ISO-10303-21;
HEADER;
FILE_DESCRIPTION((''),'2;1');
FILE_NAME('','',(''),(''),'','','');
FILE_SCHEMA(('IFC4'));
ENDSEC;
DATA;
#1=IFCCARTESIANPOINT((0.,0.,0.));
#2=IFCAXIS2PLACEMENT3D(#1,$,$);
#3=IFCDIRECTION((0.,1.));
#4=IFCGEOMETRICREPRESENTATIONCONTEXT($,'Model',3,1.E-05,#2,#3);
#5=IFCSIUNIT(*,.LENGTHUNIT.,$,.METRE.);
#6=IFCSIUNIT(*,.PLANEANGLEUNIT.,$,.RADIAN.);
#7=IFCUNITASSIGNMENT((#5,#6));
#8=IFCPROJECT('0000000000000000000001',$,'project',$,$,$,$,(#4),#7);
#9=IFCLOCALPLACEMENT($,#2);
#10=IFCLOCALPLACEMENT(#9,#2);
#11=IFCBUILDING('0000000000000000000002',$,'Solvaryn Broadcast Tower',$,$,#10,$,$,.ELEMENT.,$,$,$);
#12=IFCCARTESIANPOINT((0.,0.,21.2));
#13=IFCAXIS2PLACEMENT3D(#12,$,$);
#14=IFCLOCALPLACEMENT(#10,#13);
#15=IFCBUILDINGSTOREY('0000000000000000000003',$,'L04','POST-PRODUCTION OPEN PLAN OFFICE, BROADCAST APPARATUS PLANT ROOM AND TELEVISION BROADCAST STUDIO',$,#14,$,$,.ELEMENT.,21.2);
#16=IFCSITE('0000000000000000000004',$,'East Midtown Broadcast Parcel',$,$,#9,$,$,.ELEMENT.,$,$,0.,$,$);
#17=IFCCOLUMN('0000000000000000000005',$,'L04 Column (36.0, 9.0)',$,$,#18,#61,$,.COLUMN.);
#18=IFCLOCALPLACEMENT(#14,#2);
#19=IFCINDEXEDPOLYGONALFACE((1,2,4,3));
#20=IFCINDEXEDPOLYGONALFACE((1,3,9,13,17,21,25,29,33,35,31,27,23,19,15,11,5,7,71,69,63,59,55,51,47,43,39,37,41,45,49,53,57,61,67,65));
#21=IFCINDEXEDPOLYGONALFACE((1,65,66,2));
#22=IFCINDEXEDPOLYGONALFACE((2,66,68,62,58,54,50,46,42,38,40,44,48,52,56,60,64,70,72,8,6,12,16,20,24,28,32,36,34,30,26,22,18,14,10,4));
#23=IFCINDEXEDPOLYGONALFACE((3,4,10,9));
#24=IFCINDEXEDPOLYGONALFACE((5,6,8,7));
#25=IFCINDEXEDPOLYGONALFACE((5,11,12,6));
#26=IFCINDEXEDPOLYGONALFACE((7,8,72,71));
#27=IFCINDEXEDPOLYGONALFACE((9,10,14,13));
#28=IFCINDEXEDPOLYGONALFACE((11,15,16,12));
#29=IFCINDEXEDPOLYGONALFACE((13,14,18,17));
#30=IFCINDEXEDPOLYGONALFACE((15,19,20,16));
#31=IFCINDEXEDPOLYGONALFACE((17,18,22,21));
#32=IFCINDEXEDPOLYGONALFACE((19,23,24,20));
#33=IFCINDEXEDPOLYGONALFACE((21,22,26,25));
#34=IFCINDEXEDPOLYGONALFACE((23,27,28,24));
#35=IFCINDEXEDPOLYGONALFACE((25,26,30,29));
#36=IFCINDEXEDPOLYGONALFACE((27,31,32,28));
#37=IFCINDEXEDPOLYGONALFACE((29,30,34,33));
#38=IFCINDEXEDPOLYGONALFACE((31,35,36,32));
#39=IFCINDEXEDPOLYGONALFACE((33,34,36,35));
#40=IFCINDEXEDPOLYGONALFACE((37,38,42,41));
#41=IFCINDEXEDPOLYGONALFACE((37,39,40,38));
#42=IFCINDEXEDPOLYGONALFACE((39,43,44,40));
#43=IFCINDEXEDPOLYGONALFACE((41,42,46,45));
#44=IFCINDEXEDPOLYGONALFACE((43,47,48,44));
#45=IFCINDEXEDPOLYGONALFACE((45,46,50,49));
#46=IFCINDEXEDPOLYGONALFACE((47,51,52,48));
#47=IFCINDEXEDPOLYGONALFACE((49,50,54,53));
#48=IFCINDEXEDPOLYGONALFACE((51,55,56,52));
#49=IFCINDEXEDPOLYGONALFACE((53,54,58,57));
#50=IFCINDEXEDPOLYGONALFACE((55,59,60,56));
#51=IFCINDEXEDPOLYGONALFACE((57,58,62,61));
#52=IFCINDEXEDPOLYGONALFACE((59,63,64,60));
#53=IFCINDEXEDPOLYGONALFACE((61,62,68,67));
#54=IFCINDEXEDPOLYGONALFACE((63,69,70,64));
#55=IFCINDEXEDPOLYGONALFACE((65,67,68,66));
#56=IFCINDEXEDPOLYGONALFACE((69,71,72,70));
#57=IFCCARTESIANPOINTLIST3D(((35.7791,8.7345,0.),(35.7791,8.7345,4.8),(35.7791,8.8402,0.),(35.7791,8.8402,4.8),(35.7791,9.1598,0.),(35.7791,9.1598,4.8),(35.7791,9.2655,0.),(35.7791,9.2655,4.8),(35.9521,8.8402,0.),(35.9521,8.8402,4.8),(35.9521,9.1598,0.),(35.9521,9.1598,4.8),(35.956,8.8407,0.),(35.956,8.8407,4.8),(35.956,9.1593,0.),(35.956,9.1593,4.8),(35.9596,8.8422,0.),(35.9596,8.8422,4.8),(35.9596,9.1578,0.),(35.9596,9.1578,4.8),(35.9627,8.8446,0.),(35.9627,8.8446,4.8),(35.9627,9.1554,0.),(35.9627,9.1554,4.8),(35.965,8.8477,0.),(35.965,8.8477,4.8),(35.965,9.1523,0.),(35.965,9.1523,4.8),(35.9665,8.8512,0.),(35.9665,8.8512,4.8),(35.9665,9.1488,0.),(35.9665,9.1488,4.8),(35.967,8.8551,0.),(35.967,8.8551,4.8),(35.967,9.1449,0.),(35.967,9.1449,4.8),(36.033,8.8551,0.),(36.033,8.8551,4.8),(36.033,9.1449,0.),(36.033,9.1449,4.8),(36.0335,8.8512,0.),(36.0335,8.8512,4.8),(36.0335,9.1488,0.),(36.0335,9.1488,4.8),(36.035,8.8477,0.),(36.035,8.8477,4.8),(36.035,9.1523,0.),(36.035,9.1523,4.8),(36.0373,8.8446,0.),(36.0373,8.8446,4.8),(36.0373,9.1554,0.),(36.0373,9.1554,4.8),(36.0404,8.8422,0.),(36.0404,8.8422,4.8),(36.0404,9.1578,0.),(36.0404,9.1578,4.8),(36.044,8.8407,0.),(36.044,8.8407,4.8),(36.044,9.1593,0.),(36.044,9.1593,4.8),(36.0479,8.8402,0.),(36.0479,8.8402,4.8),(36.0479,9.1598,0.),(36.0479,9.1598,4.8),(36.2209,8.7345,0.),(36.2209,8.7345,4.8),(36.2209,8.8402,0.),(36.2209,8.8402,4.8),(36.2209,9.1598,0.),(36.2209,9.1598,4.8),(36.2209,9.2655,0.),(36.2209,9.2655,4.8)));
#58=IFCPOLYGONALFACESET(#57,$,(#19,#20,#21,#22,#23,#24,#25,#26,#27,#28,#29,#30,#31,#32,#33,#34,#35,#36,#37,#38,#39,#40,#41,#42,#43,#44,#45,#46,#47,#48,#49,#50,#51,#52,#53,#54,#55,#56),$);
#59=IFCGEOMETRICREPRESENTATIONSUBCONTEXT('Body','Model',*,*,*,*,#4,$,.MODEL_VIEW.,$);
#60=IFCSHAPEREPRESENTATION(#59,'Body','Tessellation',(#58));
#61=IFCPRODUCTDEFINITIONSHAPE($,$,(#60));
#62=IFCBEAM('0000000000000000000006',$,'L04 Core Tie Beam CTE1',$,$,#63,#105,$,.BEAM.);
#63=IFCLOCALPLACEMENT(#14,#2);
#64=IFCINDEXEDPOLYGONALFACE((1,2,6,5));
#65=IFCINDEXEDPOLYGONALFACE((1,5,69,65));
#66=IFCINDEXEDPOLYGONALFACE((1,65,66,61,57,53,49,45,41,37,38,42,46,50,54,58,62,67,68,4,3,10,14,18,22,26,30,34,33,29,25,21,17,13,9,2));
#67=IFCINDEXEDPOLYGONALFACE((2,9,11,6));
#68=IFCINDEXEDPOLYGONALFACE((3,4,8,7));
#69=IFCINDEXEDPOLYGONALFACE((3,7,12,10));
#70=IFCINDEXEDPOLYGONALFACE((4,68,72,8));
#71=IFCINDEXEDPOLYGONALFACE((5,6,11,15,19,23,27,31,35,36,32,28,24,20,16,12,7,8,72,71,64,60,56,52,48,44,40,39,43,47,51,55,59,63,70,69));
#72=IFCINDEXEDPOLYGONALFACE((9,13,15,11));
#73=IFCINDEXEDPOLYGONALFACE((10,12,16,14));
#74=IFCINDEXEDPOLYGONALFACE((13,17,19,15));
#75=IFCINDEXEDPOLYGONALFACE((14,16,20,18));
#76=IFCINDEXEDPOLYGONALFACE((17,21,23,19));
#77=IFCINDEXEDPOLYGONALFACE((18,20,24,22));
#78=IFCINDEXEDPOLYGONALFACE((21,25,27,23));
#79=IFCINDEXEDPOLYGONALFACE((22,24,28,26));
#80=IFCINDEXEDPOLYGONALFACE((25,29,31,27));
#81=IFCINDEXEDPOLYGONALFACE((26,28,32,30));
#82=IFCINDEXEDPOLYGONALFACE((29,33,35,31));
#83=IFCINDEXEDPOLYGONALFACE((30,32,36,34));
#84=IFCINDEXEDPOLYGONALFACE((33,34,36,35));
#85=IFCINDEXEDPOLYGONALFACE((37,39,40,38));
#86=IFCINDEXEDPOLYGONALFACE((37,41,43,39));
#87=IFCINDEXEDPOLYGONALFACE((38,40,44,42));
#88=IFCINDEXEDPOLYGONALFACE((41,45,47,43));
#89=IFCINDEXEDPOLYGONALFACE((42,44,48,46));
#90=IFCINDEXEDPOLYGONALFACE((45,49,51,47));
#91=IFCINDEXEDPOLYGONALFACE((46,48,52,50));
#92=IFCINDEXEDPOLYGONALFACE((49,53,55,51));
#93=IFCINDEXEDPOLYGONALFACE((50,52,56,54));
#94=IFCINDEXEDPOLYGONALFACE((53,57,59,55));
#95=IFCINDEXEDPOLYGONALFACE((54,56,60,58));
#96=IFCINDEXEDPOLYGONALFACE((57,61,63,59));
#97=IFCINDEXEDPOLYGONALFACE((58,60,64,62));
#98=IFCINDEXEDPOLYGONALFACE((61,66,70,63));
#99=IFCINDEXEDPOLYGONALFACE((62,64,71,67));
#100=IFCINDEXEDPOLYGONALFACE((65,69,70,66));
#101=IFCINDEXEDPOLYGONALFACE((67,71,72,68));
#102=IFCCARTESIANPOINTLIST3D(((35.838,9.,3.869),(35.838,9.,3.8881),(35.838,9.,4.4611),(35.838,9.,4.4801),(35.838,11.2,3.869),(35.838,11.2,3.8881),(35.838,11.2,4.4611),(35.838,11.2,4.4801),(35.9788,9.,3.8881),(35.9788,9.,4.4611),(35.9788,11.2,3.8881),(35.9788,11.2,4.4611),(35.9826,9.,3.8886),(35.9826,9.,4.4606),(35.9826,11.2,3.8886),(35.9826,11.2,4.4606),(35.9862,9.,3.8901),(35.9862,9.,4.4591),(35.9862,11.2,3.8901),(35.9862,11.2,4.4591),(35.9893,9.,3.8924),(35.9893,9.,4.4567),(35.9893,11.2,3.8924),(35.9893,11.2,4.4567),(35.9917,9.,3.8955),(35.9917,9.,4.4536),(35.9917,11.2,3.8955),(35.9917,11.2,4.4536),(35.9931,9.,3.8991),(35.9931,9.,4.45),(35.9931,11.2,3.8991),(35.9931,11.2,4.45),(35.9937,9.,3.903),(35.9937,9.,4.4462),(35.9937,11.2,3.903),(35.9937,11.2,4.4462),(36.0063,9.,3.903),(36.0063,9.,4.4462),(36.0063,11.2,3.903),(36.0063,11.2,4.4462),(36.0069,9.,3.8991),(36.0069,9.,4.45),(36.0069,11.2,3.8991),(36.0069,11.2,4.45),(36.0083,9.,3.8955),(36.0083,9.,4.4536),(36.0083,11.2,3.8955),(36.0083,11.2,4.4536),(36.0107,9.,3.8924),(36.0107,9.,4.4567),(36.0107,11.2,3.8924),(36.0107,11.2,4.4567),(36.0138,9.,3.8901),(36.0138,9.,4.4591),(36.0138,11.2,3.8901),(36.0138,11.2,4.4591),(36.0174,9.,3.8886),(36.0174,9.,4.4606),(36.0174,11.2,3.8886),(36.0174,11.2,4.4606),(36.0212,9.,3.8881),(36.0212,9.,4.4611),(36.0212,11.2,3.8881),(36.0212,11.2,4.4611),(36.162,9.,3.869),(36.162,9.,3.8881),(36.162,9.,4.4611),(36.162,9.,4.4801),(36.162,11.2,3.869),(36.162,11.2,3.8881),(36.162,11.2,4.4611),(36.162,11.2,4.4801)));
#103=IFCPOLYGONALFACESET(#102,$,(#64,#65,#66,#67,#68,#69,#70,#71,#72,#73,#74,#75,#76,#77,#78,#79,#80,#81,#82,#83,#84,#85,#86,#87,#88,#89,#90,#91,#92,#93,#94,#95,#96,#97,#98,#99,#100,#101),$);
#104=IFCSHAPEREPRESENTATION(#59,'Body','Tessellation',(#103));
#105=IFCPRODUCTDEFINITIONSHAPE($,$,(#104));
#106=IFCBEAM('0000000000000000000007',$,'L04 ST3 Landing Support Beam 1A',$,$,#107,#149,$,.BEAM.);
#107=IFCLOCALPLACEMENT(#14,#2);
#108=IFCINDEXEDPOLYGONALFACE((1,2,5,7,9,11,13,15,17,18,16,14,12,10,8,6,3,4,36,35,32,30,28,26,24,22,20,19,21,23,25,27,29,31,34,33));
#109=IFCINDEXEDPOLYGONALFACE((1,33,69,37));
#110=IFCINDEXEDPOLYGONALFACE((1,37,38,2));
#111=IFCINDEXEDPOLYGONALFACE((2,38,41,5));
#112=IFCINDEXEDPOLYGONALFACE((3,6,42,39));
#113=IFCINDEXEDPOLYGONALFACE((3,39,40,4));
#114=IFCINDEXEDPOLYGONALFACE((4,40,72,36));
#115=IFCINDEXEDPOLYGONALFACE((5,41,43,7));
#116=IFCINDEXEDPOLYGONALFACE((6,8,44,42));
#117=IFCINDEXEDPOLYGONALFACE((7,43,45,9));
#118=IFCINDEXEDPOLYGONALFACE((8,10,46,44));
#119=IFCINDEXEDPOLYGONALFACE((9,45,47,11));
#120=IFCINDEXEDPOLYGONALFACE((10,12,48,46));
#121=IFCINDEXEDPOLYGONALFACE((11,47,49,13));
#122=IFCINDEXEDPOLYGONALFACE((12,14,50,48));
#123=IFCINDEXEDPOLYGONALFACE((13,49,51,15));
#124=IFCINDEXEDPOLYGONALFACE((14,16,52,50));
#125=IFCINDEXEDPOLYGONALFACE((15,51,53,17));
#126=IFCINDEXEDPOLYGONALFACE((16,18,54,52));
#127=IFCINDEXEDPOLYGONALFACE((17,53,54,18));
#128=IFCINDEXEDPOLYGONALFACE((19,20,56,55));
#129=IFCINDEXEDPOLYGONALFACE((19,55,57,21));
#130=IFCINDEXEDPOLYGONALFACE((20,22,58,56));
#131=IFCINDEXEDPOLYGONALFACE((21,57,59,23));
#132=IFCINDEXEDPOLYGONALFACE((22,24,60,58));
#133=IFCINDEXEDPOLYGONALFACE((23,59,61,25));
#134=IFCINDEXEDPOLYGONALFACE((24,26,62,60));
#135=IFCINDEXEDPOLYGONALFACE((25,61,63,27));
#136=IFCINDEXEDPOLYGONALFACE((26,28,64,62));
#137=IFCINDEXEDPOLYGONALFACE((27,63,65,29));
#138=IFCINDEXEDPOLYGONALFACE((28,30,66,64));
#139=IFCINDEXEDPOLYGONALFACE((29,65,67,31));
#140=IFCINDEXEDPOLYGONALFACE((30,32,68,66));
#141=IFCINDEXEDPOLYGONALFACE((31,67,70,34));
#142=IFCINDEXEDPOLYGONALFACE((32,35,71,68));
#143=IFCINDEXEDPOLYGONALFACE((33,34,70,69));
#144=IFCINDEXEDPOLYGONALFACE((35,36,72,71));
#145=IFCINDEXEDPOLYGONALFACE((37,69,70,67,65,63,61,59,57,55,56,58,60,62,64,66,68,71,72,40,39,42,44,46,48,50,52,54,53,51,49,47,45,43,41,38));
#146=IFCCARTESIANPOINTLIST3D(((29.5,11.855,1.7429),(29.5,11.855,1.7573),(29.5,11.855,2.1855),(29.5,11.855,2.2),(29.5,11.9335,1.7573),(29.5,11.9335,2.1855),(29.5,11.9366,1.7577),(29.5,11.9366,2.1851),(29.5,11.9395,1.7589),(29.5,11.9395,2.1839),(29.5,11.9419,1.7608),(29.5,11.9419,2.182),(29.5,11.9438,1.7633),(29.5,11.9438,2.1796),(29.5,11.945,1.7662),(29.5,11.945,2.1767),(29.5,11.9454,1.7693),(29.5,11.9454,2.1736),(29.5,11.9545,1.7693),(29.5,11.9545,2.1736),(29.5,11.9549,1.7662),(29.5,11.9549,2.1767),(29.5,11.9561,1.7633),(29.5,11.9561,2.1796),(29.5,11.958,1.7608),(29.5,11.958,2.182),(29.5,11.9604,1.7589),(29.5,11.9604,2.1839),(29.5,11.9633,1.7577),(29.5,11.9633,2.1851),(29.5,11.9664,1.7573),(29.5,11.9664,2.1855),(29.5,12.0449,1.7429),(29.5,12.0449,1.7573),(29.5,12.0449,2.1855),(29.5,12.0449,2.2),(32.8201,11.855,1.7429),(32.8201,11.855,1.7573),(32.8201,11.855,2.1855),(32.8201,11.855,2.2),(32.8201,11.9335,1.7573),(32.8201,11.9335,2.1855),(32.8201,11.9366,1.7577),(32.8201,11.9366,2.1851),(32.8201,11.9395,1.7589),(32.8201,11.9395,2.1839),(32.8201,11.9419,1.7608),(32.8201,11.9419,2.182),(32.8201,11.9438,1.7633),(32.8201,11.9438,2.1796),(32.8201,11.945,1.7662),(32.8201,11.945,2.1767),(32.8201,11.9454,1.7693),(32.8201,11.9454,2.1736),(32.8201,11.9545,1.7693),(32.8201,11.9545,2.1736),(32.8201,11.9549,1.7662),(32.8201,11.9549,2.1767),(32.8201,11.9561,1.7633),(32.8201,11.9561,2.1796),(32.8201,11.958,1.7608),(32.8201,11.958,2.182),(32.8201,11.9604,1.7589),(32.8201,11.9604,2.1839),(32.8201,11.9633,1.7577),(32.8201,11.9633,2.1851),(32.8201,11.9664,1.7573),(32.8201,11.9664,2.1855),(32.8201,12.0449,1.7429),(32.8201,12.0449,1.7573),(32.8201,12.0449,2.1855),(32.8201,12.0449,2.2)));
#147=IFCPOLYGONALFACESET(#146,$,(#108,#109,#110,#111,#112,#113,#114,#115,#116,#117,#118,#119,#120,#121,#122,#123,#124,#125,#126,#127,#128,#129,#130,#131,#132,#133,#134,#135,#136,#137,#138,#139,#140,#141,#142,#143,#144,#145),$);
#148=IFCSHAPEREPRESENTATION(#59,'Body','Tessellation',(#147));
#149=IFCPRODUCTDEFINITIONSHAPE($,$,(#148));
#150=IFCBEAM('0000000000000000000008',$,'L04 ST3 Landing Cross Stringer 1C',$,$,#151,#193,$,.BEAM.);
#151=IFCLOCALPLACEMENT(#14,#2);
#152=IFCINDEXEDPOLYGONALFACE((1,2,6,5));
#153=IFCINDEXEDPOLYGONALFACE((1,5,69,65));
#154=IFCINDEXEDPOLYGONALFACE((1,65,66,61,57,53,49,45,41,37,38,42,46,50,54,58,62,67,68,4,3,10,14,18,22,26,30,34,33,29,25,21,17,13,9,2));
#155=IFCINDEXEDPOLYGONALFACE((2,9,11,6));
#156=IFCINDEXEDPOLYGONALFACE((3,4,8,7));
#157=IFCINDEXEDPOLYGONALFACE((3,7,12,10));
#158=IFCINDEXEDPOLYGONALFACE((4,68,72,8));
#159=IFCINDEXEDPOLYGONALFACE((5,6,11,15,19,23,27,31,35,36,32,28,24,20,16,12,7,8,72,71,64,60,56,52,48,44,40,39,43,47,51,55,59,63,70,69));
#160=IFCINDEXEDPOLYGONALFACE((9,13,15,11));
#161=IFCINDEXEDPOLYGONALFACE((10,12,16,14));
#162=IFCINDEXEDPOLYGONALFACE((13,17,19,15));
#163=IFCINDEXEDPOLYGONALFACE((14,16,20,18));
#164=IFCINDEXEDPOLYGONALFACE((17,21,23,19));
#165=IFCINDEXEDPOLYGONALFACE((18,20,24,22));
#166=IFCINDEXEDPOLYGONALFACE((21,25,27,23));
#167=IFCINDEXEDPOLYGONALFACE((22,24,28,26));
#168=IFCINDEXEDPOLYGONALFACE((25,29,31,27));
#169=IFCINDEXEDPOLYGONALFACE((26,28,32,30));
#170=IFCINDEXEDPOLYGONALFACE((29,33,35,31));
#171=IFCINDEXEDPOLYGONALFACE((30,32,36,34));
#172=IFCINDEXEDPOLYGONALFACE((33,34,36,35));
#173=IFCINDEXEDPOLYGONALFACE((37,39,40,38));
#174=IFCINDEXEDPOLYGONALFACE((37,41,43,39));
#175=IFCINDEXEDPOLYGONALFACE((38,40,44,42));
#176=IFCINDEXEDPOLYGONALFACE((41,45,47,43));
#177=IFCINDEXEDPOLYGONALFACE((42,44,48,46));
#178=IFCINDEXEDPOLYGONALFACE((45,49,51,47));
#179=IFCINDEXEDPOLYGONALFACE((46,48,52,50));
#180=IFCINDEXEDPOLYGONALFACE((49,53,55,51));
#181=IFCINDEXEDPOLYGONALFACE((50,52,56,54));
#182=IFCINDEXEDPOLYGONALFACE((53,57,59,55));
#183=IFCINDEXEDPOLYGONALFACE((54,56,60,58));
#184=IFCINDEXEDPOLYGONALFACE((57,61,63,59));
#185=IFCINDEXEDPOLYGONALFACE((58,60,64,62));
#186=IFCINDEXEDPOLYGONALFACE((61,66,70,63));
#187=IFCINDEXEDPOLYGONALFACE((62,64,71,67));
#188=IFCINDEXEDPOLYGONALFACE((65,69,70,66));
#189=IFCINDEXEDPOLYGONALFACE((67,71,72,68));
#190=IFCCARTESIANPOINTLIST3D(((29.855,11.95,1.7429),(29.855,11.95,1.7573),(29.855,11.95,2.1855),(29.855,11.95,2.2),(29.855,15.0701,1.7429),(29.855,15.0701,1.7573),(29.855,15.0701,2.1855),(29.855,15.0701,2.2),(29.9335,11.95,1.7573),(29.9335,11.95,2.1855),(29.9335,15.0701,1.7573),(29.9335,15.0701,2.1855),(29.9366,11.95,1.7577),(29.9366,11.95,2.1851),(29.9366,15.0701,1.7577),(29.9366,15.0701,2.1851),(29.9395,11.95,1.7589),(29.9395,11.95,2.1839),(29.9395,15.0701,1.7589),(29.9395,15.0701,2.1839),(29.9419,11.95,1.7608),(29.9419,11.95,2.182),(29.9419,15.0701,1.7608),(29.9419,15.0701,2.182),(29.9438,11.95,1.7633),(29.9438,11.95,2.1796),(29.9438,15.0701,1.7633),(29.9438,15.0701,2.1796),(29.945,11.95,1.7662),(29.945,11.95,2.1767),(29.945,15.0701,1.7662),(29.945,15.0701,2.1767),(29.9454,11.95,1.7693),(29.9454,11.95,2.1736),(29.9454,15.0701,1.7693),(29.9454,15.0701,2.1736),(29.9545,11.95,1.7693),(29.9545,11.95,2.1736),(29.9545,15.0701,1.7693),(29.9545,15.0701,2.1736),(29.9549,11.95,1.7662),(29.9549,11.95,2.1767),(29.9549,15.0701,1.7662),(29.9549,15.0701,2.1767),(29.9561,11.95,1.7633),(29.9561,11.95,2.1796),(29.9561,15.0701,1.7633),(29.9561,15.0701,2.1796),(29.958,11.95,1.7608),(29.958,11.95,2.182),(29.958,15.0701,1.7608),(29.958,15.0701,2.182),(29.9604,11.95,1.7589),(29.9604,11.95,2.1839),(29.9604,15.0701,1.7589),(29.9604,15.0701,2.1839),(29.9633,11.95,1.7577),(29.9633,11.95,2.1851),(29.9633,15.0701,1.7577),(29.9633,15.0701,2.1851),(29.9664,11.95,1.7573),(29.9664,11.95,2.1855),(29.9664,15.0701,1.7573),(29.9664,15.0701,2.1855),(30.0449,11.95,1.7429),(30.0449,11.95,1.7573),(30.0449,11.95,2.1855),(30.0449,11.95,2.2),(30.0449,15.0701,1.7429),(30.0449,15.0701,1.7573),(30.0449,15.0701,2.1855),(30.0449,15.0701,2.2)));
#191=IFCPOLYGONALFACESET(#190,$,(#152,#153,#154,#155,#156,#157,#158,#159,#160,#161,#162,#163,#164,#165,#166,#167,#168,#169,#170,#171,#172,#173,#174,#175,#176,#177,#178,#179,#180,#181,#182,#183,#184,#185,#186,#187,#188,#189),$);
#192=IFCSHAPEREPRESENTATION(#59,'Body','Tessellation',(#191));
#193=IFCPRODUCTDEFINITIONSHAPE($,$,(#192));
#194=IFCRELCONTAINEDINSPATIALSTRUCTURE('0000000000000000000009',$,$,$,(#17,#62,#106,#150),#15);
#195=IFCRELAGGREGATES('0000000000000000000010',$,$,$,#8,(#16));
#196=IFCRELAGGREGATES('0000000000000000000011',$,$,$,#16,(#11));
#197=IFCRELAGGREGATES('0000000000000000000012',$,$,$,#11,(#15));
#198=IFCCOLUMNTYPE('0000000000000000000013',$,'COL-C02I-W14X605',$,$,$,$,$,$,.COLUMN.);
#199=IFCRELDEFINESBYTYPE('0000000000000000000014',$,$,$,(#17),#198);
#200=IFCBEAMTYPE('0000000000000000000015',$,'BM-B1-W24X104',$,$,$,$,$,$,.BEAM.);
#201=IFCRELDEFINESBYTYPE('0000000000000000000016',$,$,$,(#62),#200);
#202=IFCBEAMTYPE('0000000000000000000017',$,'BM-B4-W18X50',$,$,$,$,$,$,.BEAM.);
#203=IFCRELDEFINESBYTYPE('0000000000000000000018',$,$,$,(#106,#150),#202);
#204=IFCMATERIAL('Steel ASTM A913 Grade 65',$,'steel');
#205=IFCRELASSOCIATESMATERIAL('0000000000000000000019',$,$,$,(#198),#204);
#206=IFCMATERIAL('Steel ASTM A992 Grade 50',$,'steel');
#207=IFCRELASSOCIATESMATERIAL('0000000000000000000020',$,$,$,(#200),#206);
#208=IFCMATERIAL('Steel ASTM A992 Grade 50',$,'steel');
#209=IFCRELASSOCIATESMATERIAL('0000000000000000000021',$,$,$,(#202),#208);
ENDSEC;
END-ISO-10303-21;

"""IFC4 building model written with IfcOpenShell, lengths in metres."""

from ifc_helpers import new_model, si_unit, direction, frame, origin, origin_2d, place, context, subcontext, project, spatial, i_section, extrude, material, material_profile, profile_set, type_object, element, save


model = new_model("IFC4")

# Units and contexts
model_context = context("Model", 3, precision=1e-05, world=origin(), true_north=direction((0.0, 1.0)))
body_context = subcontext(model_context, "Body", "Model", "MODEL_VIEW")
ifc_project = project(units=[si_unit("LENGTHUNIT", "METRE"), si_unit("PLANEANGLEUNIT", "RADIAN")], contexts=[model_context])

# Site, building, storey
site_placement = place(None, origin())
site = spatial("IfcSite", under=ifc_project, at=site_placement, Name="East Midtown Broadcast Parcel", CompositionType="ELEMENT", RefElevation=0.0)
building_placement = place(site_placement, origin())
building = spatial("IfcBuilding", under=site, at=building_placement, Name="Solvaryn Broadcast Tower", CompositionType="ELEMENT")
storey_placement = place(building_placement, frame((0.0, 0.0, 21.2)))
storey = spatial("IfcBuildingStorey", under=building, at=storey_placement, Name="L04", Description="POST-PRODUCTION OPEN PLAN OFFICE, BROADCAST APPARATUS PLANT ROOM AND TELEVISION BROADCAST STUDIO", CompositionType="ELEMENT", Elevation=21.2)

# Column
ifc_material_1 = material(Name="Steel ASTM A913 Grade 65", Category="steel")
ifc_material_profile_1 = material_profile(ifc_material_1, i_section(OverallWidth=0.4419, OverallDepth=0.531, WebThickness=0.0659, FlangeThickness=0.1057, FilletRadius=0.0149, at=origin_2d()))
ifc_profile_set_1 = profile_set([ifc_material_profile_1], Name="Steel ASTM A913 Grade 65")
column_type = type_object("IfcColumnType", Name="COL-C02I-W14X605", PredefinedType="COLUMN", material=ifc_profile_set_1)
column_placement = place(storey_placement, frame((36.0, 9.0, 0.0), z_axis=(0.0, 0.0, 1.0), x_axis=(1.0, 0.0, 0.0)))
element("IfcColumn", 1, at=column_placement, inside=storey, type_object=column_type, Name="L04 Column (36.0, 9.0)", PredefinedType="COLUMN", context=body_context, shape_type="SweptSolid", body=[
    extrude(i_section(OverallWidth=0.4419, OverallDepth=0.531, WebThickness=0.0659, FlangeThickness=0.1057, FilletRadius=0.0149, at=origin_2d()), origin(), (0.0, 0.0, 1.0), 4.8),
])

# Beams
ifc_material_2 = material(Name="Steel ASTM A992 Grade 50", Category="steel")
ifc_material_profile_2 = material_profile(ifc_material_2, i_section(OverallWidth=0.324, OverallDepth=0.6111, WebThickness=0.0127, FlangeThickness=0.019, FilletRadius=0.0149, at=origin_2d()))
ifc_profile_set_2 = profile_set([ifc_material_profile_2], Name="Steel ASTM A992 Grade 50")
beam_type_1 = type_object("IfcBeamType", Name="BM-B1-W24X104", PredefinedType="BEAM", material=ifc_profile_set_2)
beam_1_placement = place(storey_placement, frame((36.0, 9.0, 4.1746), z_axis=(0.0, 1.0, 0.0), x_axis=(-1.0, 0.0, 0.0)))
element("IfcBeam", 2, at=beam_1_placement, inside=storey, type_object=beam_type_1, Name="L04 Core Tie Beam CTE1", PredefinedType="BEAM", context=body_context, shape_type="SweptSolid", body=[
    extrude(i_section(OverallWidth=0.324, OverallDepth=0.6111, WebThickness=0.0127, FlangeThickness=0.019, FilletRadius=0.0149, at=origin_2d()), origin(), (0.0, 0.0, 1.0), 2.2),
])
ifc_material_3 = material(Name="Steel ASTM A992 Grade 50", Category="steel")
ifc_material_profile_3 = material_profile(ifc_material_3, i_section(OverallWidth=0.1899, OverallDepth=0.457, WebThickness=0.009, FlangeThickness=0.0144, FilletRadius=0.012, at=origin_2d()))
ifc_profile_set_3 = profile_set([ifc_material_profile_3], Name="Steel ASTM A992 Grade 50")
beam_type_2 = type_object("IfcBeamType", Name="BM-B4-W18X50", PredefinedType="BEAM", material=ifc_profile_set_3)
beam_2_placement = place(storey_placement, frame((29.5, 11.95, 1.9714), z_axis=(1.0, 0.0, 0.0), x_axis=(0.0, 1.0, 0.0)))
element("IfcBeam", 3, at=beam_2_placement, inside=storey, type_object=beam_type_2, Name="L04 ST3 Landing Support Beam 1A", PredefinedType="BEAM", context=body_context, shape_type="SweptSolid", body=[
    extrude(i_section(OverallWidth=0.1899, OverallDepth=0.457, WebThickness=0.009, FlangeThickness=0.0144, FilletRadius=0.012, at=origin_2d()), origin(), (0.0, 0.0, 1.0), 3.3201),
])
beam_3_placement = place(storey_placement, frame((29.95, 11.95, 1.9714), z_axis=(0.0, 1.0, 0.0), x_axis=(-1.0, 0.0, 0.0)))
element("IfcBeam", 4, at=beam_3_placement, inside=storey, type_object=beam_type_2, Name="L04 ST3 Landing Cross Stringer 1C", PredefinedType="BEAM", context=body_context, shape_type="SweptSolid", body=[
    extrude(i_section(OverallWidth=0.1899, OverallDepth=0.457, WebThickness=0.009, FlangeThickness=0.0144, FilletRadius=0.012, at=origin_2d()), origin(), (0.0, 0.0, 1.0), 3.1201),
])

save(model, "model.ifc")
